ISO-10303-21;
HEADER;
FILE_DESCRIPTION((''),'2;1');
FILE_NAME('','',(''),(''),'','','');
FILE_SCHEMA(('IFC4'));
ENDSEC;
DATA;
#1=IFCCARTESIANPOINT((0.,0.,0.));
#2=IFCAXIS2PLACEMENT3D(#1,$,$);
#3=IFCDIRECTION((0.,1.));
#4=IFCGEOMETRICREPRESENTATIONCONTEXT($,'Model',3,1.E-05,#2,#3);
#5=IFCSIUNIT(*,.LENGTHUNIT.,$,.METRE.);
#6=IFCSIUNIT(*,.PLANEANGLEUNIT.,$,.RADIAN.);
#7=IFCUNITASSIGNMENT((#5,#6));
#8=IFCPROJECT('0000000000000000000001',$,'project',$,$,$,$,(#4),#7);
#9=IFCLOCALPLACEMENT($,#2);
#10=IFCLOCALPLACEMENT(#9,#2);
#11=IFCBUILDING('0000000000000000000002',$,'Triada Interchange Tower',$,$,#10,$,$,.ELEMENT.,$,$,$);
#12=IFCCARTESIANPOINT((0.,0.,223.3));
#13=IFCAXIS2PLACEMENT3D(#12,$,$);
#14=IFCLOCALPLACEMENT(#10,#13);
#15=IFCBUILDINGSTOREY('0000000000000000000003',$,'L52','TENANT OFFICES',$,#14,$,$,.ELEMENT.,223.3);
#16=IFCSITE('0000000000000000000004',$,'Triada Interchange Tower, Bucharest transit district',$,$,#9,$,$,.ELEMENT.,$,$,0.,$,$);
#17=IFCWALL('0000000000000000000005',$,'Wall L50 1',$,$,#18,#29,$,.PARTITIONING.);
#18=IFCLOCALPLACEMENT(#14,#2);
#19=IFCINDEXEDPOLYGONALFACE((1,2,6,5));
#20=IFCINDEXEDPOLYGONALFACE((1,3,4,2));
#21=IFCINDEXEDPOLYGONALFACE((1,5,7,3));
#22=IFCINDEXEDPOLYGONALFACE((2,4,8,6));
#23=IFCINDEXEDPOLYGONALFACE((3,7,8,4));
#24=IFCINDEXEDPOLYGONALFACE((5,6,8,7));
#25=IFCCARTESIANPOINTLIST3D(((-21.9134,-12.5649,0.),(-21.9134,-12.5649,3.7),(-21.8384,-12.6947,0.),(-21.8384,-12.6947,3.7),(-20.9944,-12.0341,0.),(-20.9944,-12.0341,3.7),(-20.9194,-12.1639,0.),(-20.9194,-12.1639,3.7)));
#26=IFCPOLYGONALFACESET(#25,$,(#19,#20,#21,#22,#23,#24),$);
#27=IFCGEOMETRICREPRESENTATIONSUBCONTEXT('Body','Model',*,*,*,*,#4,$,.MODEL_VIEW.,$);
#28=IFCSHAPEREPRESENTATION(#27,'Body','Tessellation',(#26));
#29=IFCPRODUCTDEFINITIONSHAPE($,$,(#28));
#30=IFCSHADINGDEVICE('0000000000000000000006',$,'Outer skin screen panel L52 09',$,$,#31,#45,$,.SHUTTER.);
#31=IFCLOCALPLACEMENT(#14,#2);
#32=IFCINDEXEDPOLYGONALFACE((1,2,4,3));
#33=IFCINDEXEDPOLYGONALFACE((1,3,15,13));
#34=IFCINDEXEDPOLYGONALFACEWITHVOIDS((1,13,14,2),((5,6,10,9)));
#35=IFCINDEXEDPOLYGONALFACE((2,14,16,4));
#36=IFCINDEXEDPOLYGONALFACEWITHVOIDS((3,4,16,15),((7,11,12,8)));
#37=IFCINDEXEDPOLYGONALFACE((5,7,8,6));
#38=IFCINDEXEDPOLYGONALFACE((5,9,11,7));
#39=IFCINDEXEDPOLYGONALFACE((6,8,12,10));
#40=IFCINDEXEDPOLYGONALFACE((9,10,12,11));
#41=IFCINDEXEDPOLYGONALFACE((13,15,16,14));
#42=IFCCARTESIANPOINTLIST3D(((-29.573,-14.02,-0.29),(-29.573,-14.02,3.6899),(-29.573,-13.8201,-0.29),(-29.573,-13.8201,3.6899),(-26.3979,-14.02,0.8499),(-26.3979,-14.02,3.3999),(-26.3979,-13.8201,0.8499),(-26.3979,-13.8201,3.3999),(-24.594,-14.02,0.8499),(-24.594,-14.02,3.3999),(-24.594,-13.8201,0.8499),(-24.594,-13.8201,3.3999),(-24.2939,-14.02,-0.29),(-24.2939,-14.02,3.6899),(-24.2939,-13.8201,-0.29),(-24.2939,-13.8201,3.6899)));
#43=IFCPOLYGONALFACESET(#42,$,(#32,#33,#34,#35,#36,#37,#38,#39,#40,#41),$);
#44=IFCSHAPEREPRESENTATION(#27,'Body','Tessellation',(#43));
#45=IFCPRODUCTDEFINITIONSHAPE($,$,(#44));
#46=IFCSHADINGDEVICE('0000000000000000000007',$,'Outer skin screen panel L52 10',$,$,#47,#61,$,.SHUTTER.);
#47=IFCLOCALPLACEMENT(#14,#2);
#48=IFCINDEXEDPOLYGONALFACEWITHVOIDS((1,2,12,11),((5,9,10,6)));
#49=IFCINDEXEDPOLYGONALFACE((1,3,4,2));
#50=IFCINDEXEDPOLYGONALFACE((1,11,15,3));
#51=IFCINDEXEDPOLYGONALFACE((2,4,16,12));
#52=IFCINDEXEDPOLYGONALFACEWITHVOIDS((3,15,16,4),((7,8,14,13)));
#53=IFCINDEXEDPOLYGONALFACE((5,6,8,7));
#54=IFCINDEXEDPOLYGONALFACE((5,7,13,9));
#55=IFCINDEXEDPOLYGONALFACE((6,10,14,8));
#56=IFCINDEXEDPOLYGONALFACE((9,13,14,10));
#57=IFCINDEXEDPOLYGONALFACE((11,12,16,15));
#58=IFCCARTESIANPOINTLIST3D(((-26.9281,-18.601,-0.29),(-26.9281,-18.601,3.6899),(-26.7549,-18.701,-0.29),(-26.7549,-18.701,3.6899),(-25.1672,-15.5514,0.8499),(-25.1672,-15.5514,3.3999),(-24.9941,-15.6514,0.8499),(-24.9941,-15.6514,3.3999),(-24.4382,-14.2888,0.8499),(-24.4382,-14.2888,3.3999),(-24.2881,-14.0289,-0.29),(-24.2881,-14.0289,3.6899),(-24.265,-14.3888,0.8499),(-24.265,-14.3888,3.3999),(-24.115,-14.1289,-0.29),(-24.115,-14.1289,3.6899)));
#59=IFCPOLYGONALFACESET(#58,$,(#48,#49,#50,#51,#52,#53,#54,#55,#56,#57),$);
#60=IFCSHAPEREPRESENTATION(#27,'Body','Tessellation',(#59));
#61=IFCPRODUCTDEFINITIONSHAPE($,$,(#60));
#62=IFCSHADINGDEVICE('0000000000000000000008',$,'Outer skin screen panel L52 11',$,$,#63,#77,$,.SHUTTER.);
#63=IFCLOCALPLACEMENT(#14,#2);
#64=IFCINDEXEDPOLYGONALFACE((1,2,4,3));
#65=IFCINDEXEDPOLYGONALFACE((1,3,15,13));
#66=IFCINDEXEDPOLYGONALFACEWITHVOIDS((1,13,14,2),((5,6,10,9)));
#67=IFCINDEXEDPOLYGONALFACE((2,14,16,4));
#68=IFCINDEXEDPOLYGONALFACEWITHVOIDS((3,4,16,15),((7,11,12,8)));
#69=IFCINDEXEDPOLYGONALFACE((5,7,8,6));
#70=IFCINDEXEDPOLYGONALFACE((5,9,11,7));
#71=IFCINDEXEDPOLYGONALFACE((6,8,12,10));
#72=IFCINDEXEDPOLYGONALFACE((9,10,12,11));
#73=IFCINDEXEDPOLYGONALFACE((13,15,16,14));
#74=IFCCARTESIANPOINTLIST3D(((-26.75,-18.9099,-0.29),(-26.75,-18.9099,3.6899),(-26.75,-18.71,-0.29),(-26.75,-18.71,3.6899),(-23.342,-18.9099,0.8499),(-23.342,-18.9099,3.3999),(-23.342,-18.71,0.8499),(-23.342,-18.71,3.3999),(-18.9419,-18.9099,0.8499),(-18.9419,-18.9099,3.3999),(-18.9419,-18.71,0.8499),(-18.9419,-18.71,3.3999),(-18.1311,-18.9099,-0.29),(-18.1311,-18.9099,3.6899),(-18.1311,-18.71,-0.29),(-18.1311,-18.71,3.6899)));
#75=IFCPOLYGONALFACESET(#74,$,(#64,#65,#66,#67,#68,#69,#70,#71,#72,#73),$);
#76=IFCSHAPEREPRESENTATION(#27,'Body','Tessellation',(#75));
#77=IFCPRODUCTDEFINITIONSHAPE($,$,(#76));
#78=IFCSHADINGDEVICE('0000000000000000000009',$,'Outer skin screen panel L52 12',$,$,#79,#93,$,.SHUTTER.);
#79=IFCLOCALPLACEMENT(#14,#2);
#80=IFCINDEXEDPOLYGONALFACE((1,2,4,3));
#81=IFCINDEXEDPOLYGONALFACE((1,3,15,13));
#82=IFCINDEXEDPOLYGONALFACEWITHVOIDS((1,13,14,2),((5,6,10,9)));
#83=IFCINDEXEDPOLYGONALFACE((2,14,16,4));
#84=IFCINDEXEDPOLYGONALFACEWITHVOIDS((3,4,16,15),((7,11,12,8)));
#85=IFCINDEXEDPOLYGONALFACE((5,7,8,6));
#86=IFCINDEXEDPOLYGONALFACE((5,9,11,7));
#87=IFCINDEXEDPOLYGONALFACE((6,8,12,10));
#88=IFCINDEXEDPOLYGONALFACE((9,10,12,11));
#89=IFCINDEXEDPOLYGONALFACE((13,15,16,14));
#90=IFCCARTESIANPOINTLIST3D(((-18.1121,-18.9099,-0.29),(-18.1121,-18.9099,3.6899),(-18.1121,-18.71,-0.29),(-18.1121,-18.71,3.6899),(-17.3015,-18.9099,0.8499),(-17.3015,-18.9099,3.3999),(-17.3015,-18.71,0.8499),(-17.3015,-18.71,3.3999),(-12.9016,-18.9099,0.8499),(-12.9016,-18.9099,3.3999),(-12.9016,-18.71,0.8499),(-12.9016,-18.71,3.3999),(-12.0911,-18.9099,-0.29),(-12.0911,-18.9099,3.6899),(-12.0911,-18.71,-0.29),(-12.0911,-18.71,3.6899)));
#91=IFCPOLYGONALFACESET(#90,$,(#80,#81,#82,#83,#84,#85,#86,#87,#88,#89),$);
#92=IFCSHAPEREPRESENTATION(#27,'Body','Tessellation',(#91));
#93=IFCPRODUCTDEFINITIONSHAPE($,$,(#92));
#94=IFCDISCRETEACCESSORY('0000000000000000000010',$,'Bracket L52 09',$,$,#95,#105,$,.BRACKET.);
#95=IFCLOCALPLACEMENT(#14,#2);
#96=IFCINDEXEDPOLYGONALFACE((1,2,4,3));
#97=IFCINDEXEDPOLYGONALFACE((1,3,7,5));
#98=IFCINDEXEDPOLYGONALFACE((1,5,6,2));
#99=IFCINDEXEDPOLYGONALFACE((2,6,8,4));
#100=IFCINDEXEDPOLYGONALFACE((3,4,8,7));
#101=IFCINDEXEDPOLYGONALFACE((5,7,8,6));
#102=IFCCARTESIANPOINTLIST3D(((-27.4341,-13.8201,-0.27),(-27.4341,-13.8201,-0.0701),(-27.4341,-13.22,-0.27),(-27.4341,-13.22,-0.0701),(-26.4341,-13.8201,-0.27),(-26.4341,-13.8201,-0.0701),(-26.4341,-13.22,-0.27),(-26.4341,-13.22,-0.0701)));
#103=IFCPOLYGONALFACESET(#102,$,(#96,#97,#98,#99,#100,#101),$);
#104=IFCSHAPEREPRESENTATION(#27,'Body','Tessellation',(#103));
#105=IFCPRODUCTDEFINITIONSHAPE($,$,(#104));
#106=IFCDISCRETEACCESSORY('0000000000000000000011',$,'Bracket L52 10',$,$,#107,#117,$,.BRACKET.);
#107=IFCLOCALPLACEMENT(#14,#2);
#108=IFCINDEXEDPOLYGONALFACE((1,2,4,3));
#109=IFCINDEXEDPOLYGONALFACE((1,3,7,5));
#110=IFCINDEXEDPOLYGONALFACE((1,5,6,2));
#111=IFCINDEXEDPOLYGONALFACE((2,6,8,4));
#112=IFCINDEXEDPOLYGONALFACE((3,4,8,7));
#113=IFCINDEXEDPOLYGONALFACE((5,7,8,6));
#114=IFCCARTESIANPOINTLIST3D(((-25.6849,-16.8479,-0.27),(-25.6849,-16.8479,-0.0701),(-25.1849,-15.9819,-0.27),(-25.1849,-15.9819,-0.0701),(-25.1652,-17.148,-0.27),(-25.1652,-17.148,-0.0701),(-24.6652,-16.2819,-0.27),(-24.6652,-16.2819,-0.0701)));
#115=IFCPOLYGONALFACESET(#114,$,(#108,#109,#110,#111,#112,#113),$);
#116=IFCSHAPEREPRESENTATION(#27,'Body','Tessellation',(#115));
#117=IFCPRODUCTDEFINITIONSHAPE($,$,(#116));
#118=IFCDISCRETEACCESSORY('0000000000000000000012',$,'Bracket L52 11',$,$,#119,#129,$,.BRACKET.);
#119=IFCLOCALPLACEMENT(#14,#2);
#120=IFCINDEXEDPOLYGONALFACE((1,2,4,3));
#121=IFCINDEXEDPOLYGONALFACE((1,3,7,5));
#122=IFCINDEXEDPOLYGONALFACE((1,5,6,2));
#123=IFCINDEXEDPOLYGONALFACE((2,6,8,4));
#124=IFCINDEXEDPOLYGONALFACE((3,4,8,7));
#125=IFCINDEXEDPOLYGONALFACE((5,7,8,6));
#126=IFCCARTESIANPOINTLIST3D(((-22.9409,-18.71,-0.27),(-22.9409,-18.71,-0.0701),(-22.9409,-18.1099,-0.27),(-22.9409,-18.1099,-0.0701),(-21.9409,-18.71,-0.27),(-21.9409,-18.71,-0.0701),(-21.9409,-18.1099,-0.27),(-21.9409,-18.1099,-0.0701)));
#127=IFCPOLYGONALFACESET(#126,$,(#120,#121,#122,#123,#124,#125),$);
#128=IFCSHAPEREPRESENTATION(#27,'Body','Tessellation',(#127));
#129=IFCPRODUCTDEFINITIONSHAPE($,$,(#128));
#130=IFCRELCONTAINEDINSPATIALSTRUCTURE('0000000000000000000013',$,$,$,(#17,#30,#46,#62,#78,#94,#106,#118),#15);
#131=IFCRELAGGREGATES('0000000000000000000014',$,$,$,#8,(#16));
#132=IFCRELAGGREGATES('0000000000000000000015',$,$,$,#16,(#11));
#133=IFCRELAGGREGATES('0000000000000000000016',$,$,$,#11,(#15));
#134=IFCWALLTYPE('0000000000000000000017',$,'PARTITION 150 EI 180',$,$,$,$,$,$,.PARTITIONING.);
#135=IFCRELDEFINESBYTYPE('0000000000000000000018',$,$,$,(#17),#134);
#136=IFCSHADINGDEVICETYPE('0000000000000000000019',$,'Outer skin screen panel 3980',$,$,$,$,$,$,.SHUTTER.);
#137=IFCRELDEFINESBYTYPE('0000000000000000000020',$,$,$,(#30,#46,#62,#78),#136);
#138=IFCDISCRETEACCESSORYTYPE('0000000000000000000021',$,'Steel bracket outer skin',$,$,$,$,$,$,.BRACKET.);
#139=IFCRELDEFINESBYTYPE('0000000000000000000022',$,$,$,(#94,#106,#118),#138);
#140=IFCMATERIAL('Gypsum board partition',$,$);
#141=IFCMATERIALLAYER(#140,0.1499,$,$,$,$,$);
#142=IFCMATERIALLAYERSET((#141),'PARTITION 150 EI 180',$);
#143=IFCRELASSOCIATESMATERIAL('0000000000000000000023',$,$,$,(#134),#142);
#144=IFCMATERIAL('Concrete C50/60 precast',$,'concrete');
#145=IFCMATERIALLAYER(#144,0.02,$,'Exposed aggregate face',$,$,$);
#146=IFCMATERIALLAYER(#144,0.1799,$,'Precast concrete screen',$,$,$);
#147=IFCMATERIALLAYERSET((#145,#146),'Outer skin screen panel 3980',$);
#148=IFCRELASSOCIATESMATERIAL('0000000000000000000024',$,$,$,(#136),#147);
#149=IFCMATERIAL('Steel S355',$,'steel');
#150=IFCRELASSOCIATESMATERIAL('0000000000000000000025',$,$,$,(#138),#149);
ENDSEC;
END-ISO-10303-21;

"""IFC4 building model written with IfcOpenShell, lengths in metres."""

from ifc_helpers import new_model, si_unit, direction, frame, frame_2d, origin, origin_2d, place, context, subcontext, project, spatial, polyline, rectangle, outline, extrude, material, layer, layer_set, type_object, element, save


model = new_model("IFC4")

# Units and contexts
model_context = context("Model", 3, precision=1e-05, world=origin(), true_north=direction((0.0, 1.0)))
body_context = subcontext(model_context, "Body", "Model", "MODEL_VIEW")
ifc_project = project(units=[si_unit("LENGTHUNIT", "METRE"), si_unit("PLANEANGLEUNIT", "RADIAN")], contexts=[model_context])

# Site, building, storey
site_placement = place(None, origin())
site = spatial("IfcSite", under=ifc_project, at=site_placement, Name="Triada Interchange Tower, Bucharest transit district", CompositionType="ELEMENT", RefElevation=0.0)
building_placement = place(site_placement, origin())
building = spatial("IfcBuilding", under=site, at=building_placement, Name="Triada Interchange Tower", CompositionType="ELEMENT")
storey_placement = place(building_placement, frame((0.0, 0.0, 223.3)))
storey = spatial("IfcBuildingStorey", under=building, at=storey_placement, Name="L52", Description="TENANT OFFICES", CompositionType="ELEMENT", Elevation=223.3)

# Wall
ifc_material_1 = material(Name="Gypsum board partition")
ifc_layer_1 = layer(ifc_material_1, 0.1499)
ifc_layer_set_1 = layer_set([ifc_layer_1], Name="PARTITION 150 EI 180")
wall_type_1 = type_object("IfcWallType", Name="PARTITION 150 EI 180", PredefinedType="PARTITIONING", material=ifc_layer_set_1)
wall_1_placement = place(storey_placement, frame((-21.876, -12.6299, 0.0), z_axis=(0.0, 0.0, 1.0), x_axis=(0.86594, 0.500147, 0.0)))
element("IfcWall", 1, at=wall_1_placement, inside=storey, type_object=wall_type_1, Name="Wall L50 1", PredefinedType="PARTITIONING", context=body_context, shape_type="SweptSolid", body=[
    extrude(rectangle(XDim=1.0613, YDim=0.1499, at=frame_2d((0.5308, 0.0))), origin(), (0.0, 0.0, 1.0), 3.7),
])

# Shading devices
ifc_material_2 = material(Name="Concrete C50/60 precast", Category="concrete")
ifc_layer_2 = layer(ifc_material_2, 0.02, Name="Exposed aggregate face")
ifc_layer_3 = layer(ifc_material_2, 0.1799, Name="Precast concrete screen")
ifc_layer_set_2 = layer_set([ifc_layer_2, ifc_layer_3], Name="Outer skin screen panel 3980")
shading_device_type = type_object("IfcShadingDeviceType", Name="Outer skin screen panel 3980", PredefinedType="SHUTTER", material=ifc_layer_set_2)
shading_device_1_placement = place(storey_placement, frame((-29.573, -13.8201, -0.29), z_axis=(0.0, 0.0, 1.0), x_axis=(1.0, 0.0, 0.0)))
element("IfcShadingDevice", 2, at=shading_device_1_placement, inside=storey, type_object=shading_device_type, Name="Outer skin screen panel L52 09", PredefinedType="SHUTTER", context=body_context, shape_type="SweptSolid", body=[
    extrude(outline(polyline([(0.0, 0.0), (5.2791, 0.0), (5.2791, 3.98), (0.0, 3.98), (0.0, 0.0)]), holes=[polyline([(3.175, 1.1399), (3.175, 3.6899), (4.979, 3.6899), (4.979, 1.1399), (3.175, 1.1399)])]), frame((0.0, 0.0, 0.0), z_axis=(0.0, -1.0, 0.0), x_axis=(1.0, 0.0, 0.0)), (0.0, 0.0, 1.0), 0.2),
])
shading_device_2_placement = place(storey_placement, frame((-24.115, -14.1289, -0.29), z_axis=(0.0, 0.0, 1.0), x_axis=(-0.500033, -0.866006, 0.0)))
element("IfcShadingDevice", 3, at=shading_device_2_placement, inside=storey, type_object=shading_device_type, Name="Outer skin screen panel L52 10", PredefinedType="SHUTTER", context=body_context, shape_type="SweptSolid", body=[
    extrude(outline(polyline([(0.0, 0.0), (5.2795, 0.0), (5.2795, 3.98), (0.0, 3.98), (0.0, 0.0)]), holes=[polyline([(0.3, 1.1399), (0.3, 3.6899), (1.7581, 3.6899), (1.7581, 1.1399), (0.3, 1.1399)])]), frame((0.0, 0.0, 0.0), z_axis=(0.0, -1.0, 0.0), x_axis=(1.0, 0.0, 0.0)), (0.0, 0.0, 1.0), 0.2),
])
shading_device_3_placement = place(storey_placement, frame((-26.75, -18.71, -0.29), z_axis=(0.0, 0.0, 1.0), x_axis=(1.0, 0.0, 0.0)))
element("IfcShadingDevice", 4, at=shading_device_3_placement, inside=storey, type_object=shading_device_type, Name="Outer skin screen panel L52 11", PredefinedType="SHUTTER", context=body_context, shape_type="SweptSolid", body=[
    extrude(outline(polyline([(0.0, 0.0), (8.6189, 0.0), (8.6189, 3.98), (0.0, 3.98), (0.0, 0.0)]), holes=[polyline([(3.408, 1.1399), (3.408, 3.6899), (7.8081, 3.6899), (7.8081, 1.1399), (3.408, 1.1399)])]), frame((0.0, 0.0, 0.0), z_axis=(0.0, -1.0, 0.0), x_axis=(1.0, 0.0, 0.0)), (0.0, 0.0, 1.0), 0.2),
])
shading_device_4_placement = place(storey_placement, frame((-18.1121, -18.71, -0.29), z_axis=(0.0, 0.0, 1.0), x_axis=(1.0, 0.0, 0.0)))
element("IfcShadingDevice", 5, at=shading_device_4_placement, inside=storey, type_object=shading_device_type, Name="Outer skin screen panel L52 12", PredefinedType="SHUTTER", context=body_context, shape_type="SweptSolid", body=[
    extrude(outline(polyline([(0.0, 0.0), (6.021, 0.0), (6.021, 3.98), (0.0, 3.98), (0.0, 0.0)]), holes=[polyline([(0.8105, 1.1399), (0.8105, 3.6899), (5.2104, 3.6899), (5.2104, 1.1399), (0.8105, 1.1399)])]), frame((0.0, 0.0, 0.0), z_axis=(0.0, -1.0, 0.0), x_axis=(1.0, 0.0, 0.0)), (0.0, 0.0, 1.0), 0.2),
])

# Discrete accessories
ifc_material_3 = material(Name="Steel S355", Category="steel")
discrete_accessory_type = type_object("IfcDiscreteAccessoryType", Name="Steel bracket outer skin", PredefinedType="BRACKET", material=ifc_material_3)
for number, where, z_axis, x_axis, name in (
    (6, (-26.9341, -13.52, -0.27), (0.0, 0.0, 1.0), (0.0, -1.0, 0.0), "Bracket L52 09"),
    (7, (-25.175, -16.5649, -0.27), (0.0, 0.0, 1.0), (-0.866044, 0.499968, 0.0), "Bracket L52 10"),
    (8, (-22.4409, -18.4099, -0.27), (0.0, 0.0, 1.0), (0.0, -1.0, 0.0), "Bracket L52 11"),
):
    element("IfcDiscreteAccessory", number, at=place(storey_placement, frame(where, z_axis=z_axis, x_axis=x_axis)), inside=storey, type_object=discrete_accessory_type, Name=name, PredefinedType="BRACKET", context=body_context, shape_type="SweptSolid", body=[
        extrude(rectangle(XDim=0.6001, YDim=1.0, at=origin_2d()), origin(), (0.0, 0.0, 1.0), 0.2),
    ])

save(model, "model.ifc")
